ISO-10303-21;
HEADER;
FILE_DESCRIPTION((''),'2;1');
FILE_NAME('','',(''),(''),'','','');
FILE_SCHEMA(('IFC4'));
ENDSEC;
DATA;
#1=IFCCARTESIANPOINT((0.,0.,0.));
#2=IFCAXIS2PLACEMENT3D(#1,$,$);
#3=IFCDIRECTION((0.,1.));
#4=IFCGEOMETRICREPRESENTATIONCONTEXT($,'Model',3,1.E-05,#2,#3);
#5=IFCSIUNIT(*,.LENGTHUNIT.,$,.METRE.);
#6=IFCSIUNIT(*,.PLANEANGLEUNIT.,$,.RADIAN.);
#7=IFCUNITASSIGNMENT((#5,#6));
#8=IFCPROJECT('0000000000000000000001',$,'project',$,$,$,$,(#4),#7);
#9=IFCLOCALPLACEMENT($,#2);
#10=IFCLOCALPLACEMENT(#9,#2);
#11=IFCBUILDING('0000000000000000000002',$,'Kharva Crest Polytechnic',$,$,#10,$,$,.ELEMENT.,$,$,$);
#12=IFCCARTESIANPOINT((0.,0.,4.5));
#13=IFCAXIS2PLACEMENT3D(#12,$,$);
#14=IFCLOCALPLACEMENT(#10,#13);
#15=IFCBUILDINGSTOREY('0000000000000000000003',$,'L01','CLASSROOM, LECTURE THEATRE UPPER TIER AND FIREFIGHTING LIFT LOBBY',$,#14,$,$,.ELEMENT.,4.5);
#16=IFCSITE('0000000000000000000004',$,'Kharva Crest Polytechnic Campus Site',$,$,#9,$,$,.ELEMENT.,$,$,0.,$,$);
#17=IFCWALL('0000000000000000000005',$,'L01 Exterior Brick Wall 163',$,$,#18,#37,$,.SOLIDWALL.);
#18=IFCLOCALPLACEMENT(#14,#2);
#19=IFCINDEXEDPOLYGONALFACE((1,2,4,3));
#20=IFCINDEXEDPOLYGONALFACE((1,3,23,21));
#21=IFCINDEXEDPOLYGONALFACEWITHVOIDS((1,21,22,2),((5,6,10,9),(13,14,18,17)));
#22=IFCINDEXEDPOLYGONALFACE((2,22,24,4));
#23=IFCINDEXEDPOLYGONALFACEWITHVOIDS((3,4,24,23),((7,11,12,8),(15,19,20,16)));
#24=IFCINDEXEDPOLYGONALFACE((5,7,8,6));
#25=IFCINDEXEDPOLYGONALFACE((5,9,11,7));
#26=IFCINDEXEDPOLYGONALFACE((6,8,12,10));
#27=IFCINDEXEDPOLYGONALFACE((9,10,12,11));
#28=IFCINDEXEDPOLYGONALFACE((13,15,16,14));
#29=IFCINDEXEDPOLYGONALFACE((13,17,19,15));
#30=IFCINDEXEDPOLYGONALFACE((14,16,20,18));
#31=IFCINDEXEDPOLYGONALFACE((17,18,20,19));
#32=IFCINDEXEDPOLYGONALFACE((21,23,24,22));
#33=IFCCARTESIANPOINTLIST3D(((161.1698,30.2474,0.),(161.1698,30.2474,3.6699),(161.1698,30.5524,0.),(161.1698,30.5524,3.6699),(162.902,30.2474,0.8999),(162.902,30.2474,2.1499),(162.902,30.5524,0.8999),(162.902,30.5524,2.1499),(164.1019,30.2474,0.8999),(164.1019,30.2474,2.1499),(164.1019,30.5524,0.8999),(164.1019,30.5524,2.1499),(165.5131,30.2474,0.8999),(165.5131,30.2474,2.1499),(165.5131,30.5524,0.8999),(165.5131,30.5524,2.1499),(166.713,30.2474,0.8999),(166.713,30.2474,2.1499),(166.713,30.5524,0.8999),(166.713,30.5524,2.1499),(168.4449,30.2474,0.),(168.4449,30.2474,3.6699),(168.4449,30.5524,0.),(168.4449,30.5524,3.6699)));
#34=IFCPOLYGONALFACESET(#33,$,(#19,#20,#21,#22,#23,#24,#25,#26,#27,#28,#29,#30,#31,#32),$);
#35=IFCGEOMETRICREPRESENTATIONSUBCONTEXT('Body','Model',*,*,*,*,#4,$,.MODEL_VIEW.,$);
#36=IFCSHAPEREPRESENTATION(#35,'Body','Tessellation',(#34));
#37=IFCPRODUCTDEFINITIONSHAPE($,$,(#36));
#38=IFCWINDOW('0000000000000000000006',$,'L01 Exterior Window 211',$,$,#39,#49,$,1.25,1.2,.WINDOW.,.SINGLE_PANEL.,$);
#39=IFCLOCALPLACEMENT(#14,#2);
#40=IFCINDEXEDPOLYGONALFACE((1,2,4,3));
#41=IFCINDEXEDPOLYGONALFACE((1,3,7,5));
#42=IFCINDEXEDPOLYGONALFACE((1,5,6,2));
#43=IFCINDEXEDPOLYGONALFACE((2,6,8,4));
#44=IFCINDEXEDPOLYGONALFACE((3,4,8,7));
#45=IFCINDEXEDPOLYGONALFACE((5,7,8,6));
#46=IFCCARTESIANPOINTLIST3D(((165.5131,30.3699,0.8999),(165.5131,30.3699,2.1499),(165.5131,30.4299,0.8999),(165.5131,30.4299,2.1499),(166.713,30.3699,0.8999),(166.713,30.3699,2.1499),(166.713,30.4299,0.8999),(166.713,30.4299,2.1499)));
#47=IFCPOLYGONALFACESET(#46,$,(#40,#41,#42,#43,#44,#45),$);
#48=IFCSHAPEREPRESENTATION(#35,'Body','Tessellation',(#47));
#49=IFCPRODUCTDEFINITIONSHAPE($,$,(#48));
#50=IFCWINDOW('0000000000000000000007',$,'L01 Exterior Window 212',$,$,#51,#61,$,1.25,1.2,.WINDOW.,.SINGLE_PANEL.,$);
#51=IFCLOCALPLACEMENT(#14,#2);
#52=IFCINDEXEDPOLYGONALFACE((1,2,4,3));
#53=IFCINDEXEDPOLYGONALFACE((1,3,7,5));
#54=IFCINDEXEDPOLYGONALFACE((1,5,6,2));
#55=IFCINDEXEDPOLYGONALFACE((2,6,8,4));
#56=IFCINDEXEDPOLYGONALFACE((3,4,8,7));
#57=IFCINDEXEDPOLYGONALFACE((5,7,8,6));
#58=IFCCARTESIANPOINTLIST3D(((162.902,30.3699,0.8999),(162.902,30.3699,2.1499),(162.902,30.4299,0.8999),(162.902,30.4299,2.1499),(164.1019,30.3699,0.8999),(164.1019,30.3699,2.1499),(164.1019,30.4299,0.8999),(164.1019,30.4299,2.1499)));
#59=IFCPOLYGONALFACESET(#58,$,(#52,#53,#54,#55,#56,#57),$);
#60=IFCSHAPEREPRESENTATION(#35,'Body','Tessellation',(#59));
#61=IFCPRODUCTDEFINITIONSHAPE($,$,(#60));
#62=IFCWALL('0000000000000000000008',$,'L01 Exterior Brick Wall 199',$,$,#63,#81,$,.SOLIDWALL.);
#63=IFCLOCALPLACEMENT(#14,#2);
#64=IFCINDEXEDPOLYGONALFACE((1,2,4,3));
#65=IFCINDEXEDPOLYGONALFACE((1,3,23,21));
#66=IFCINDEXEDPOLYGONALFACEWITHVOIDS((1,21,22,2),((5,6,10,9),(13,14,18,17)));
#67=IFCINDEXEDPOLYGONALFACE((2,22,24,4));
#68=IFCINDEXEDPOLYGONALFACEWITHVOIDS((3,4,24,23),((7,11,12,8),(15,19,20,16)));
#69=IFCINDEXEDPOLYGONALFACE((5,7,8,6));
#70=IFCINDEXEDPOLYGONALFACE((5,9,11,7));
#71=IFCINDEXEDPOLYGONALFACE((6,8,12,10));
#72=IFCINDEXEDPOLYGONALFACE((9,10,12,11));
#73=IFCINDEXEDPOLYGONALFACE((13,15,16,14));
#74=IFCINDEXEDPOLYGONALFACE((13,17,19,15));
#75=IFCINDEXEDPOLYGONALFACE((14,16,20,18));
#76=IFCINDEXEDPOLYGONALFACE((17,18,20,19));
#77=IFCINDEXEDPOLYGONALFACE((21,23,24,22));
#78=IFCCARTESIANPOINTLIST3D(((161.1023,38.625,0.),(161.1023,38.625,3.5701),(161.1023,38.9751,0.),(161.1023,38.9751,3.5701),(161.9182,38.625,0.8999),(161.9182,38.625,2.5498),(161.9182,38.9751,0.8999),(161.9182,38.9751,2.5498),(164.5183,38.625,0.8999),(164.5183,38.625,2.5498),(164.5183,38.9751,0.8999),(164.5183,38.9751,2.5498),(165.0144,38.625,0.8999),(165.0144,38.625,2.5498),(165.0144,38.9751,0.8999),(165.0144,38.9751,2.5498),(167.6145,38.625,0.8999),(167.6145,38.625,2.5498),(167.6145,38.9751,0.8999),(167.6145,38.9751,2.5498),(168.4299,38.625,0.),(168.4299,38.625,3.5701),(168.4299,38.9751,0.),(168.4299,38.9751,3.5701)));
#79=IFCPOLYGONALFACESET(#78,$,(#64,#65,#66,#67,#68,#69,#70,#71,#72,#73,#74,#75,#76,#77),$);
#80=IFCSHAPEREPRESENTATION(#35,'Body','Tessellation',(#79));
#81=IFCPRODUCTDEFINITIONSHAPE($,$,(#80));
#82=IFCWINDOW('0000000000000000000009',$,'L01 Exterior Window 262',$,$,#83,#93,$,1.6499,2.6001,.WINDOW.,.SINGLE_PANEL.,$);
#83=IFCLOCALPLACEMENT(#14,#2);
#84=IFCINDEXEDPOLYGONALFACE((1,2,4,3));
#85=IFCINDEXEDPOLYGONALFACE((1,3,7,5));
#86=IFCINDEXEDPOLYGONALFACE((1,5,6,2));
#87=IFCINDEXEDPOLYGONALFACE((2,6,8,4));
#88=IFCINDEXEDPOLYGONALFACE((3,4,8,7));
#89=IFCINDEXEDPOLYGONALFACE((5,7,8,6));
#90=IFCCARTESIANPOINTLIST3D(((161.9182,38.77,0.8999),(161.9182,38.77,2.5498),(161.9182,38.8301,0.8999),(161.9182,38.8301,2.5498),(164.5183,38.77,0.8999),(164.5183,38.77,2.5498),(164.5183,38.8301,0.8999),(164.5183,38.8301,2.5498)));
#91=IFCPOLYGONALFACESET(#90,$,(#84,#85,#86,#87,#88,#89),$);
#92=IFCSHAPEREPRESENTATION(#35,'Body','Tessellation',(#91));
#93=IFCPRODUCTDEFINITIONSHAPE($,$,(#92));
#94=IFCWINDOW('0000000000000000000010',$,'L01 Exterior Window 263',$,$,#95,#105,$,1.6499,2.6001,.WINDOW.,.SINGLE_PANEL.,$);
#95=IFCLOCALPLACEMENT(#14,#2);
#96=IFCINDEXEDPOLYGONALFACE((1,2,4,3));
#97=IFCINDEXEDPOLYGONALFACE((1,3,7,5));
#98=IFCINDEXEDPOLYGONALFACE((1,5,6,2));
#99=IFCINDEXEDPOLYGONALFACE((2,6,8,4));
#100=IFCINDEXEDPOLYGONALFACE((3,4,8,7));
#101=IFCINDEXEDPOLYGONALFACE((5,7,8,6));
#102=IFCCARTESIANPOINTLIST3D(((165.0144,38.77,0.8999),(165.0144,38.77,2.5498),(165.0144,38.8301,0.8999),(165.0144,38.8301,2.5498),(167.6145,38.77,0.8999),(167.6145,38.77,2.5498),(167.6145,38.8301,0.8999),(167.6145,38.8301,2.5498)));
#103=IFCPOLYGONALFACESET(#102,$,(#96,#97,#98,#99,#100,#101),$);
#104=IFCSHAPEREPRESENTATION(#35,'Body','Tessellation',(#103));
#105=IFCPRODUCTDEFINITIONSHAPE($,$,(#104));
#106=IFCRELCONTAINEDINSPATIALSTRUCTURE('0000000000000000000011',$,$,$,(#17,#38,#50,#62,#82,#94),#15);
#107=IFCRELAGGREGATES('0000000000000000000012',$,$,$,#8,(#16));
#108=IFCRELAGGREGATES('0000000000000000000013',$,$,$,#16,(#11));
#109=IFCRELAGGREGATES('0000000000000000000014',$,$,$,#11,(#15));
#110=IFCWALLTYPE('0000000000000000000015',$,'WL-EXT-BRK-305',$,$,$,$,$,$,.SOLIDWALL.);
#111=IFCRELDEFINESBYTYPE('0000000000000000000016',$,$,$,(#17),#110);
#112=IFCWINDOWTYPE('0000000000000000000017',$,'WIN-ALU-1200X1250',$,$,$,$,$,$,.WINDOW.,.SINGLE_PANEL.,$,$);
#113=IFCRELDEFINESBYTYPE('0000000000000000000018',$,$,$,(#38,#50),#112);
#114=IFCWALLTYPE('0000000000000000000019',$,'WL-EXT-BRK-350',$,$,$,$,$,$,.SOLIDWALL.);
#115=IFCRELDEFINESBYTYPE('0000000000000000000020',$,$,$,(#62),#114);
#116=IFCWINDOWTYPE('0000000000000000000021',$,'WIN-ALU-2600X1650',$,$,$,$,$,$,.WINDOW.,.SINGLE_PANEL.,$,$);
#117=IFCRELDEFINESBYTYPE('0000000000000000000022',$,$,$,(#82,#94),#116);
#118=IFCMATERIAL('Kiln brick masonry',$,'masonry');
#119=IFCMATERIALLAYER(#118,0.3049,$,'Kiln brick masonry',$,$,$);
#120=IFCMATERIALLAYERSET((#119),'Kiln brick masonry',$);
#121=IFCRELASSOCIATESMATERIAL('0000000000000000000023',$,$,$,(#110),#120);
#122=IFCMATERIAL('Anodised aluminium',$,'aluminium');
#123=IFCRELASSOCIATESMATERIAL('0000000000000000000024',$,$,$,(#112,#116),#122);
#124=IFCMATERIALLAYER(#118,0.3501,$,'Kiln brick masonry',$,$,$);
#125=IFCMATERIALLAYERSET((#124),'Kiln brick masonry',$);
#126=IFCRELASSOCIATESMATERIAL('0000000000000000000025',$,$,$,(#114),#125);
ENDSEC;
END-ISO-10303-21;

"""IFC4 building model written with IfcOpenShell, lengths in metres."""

from ifc_helpers import new_model, si_unit, direction, frame, frame_2d, origin, place, context, subcontext, project, spatial, rectangle, extrude, material, layer, layer_set, type_object, element, fill, save


model = new_model("IFC4")

# Units and contexts
model_context = context("Model", 3, precision=1e-05, world=origin(), true_north=direction((0.0, 1.0)))
body_context = subcontext(model_context, "Body", "Model", "MODEL_VIEW")
ifc_project = project(units=[si_unit("LENGTHUNIT", "METRE"), si_unit("PLANEANGLEUNIT", "RADIAN")], contexts=[model_context])

# Site, building, storey
site_placement = place(None, origin())
site = spatial("IfcSite", under=ifc_project, at=site_placement, Name="Kharva Crest Polytechnic Campus Site", CompositionType="ELEMENT", RefElevation=0.0)
building_placement = place(site_placement, origin())
building = spatial("IfcBuilding", under=site, at=building_placement, Name="Kharva Crest Polytechnic", CompositionType="ELEMENT")
storey_placement = place(building_placement, frame((0.0, 0.0, 4.5)))
storey = spatial("IfcBuildingStorey", under=building, at=storey_placement, Name="L01", Description="CLASSROOM, LECTURE THEATRE UPPER TIER AND FIREFIGHTING LIFT LOBBY", CompositionType="ELEMENT", Elevation=4.5)

# Walls, openings, windows
ifc_material_1 = material(Name="Kiln brick masonry", Category="masonry")
ifc_layer_1 = layer(ifc_material_1, 0.3049, Name="Kiln brick masonry")
ifc_layer_set_1 = layer_set([ifc_layer_1], Name="Kiln brick masonry")
wall_type_1 = type_object("IfcWallType", Name="WL-EXT-BRK-305", PredefinedType="SOLIDWALL", material=ifc_layer_set_1)
wall_1_placement = place(storey_placement, frame((168.4451, 30.3999, 0.0), z_axis=(0.0, 0.0, 1.0), x_axis=(-1.0, 0.0, 0.0)))
wall_1 = element("IfcWall", 1, at=wall_1_placement, inside=storey, type_object=wall_type_1, Name="L01 Exterior Brick Wall 163", PredefinedType="SOLIDWALL", context=body_context, shape_type="SweptSolid", body=[
    extrude(rectangle(XDim=7.2751, YDim=0.3049, at=frame_2d((3.6377, 0.0))), origin(), (0.0, 0.0, 1.0), 3.6699),
])
opening_1_placement = place(wall_1_placement, frame((1.7319, 0.0, 0.8999)))
opening_1 = element("IfcOpeningElement", 2, at=opening_1_placement, cuts=wall_1, PredefinedType="OPENING", context=body_context, shape_type="SweptSolid", body=[
    extrude(rectangle(XDim=1.2, YDim=1.25, at=frame_2d((0.6001, 0.625))), frame((0.0, 0.1624, 0.0), z_axis=(0.0, -1.0, 0.0), x_axis=(1.0, 0.0, 0.0)), (0.0, 0.0, 1.0), 0.325),
])
opening_2_placement = place(wall_1_placement, frame((4.343, 0.0, 0.8999)))
opening_2 = element("IfcOpeningElement", 3, at=opening_2_placement, cuts=wall_1, PredefinedType="OPENING", context=body_context, shape_type="SweptSolid", body=[
    extrude(rectangle(XDim=1.2, YDim=1.25, at=frame_2d((0.6001, 0.625))), frame((0.0, 0.1624, 0.0), z_axis=(0.0, -1.0, 0.0), x_axis=(1.0, 0.0, 0.0)), (0.0, 0.0, 1.0), 0.325),
])
ifc_material_2 = material(Name="Anodised aluminium", Category="aluminium")
window_type_1 = type_object("IfcWindowType", Name="WIN-ALU-1200X1250", PartitioningType="SINGLE_PANEL", PredefinedType="WINDOW", material=ifc_material_2)
window_1_placement = place(opening_1_placement, origin())
window_1 = element("IfcWindow", 4, at=window_1_placement, inside=storey, type_object=window_type_1, Name="L01 Exterior Window 211", OverallHeight=1.25, OverallWidth=1.2, PartitioningType="SINGLE_PANEL", PredefinedType="WINDOW", context=body_context, shape_type="SweptSolid", body=[
    extrude(rectangle(XDim=1.2, YDim=1.25, at=frame_2d((0.6001, 0.625))), frame((0.0, 0.03, 0.0), z_axis=(0.0, -1.0, 0.0), x_axis=(1.0, 0.0, 0.0)), (0.0, 0.0, 1.0), 0.0601),
])
fill(opening_1, window_1)
window_2_placement = place(opening_2_placement, origin())
window_2 = element("IfcWindow", 5, at=window_2_placement, inside=storey, type_object=window_type_1, Name="L01 Exterior Window 212", OverallHeight=1.25, OverallWidth=1.2, PartitioningType="SINGLE_PANEL", PredefinedType="WINDOW", context=body_context, shape_type="SweptSolid", body=[
    extrude(rectangle(XDim=1.2, YDim=1.25, at=frame_2d((0.6001, 0.625))), frame((0.0, 0.03, 0.0), z_axis=(0.0, -1.0, 0.0), x_axis=(1.0, 0.0, 0.0)), (0.0, 0.0, 1.0), 0.0601),
])
fill(opening_2, window_2)
ifc_layer_2 = layer(ifc_material_1, 0.3501, Name="Kiln brick masonry")
ifc_layer_set_2 = layer_set([ifc_layer_2], Name="Kiln brick masonry")
wall_type_2 = type_object("IfcWallType", Name="WL-EXT-BRK-350", PredefinedType="SOLIDWALL", material=ifc_layer_set_2)
wall_2_placement = place(storey_placement, frame((161.1023, 38.8, 0.0), z_axis=(0.0, 0.0, 1.0), x_axis=(1.0, 0.0, 0.0)))
wall_2 = element("IfcWall", 6, at=wall_2_placement, inside=storey, type_object=wall_type_2, Name="L01 Exterior Brick Wall 199", PredefinedType="SOLIDWALL", context=body_context, shape_type="SweptSolid", body=[
    extrude(rectangle(XDim=7.3276, YDim=0.3501, at=frame_2d((3.6638, 0.0))), origin(), (0.0, 0.0, 1.0), 3.5701),
])
opening_3_placement = place(wall_2_placement, frame((0.8159, 0.0, 0.8999)))
opening_3 = element("IfcOpeningElement", 7, at=opening_3_placement, cuts=wall_2, PredefinedType="OPENING", context=body_context, shape_type="SweptSolid", body=[
    extrude(rectangle(XDim=2.6001, YDim=1.6499, at=frame_2d((1.3, 0.825))), frame((0.0, 0.1851, 0.0), z_axis=(0.0, -1.0, 0.0), x_axis=(1.0, 0.0, 0.0)), (0.0, 0.0, 1.0), 0.3701),
])
opening_4_placement = place(wall_2_placement, frame((3.9121, 0.0, 0.8999)))
opening_4 = element("IfcOpeningElement", 8, at=opening_4_placement, cuts=wall_2, PredefinedType="OPENING", context=body_context, shape_type="SweptSolid", body=[
    extrude(rectangle(XDim=2.6001, YDim=1.6499, at=frame_2d((1.3, 0.825))), frame((0.0, 0.1851, 0.0), z_axis=(0.0, -1.0, 0.0), x_axis=(1.0, 0.0, 0.0)), (0.0, 0.0, 1.0), 0.3701),
])
window_type_2 = type_object("IfcWindowType", Name="WIN-ALU-2600X1650", PartitioningType="SINGLE_PANEL", PredefinedType="WINDOW", material=ifc_material_2)
window_3_placement = place(opening_3_placement, origin())
window_3 = element("IfcWindow", 9, at=window_3_placement, inside=storey, type_object=window_type_2, Name="L01 Exterior Window 262", OverallHeight=1.6499, OverallWidth=2.6001, PartitioningType="SINGLE_PANEL", PredefinedType="WINDOW", context=body_context, shape_type="SweptSolid", body=[
    extrude(rectangle(XDim=2.6001, YDim=1.6499, at=frame_2d((1.3, 0.825))), frame((0.0, 0.03, 0.0), z_axis=(0.0, -1.0, 0.0), x_axis=(1.0, 0.0, 0.0)), (0.0, 0.0, 1.0), 0.0601),
])
fill(opening_3, window_3)
window_4_placement = place(opening_4_placement, origin())
window_4 = element("IfcWindow", 10, at=window_4_placement, inside=storey, type_object=window_type_2, Name="L01 Exterior Window 263", OverallHeight=1.6499, OverallWidth=2.6001, PartitioningType="SINGLE_PANEL", PredefinedType="WINDOW", context=body_context, shape_type="SweptSolid", body=[
    extrude(rectangle(XDim=2.6001, YDim=1.6499, at=frame_2d((1.3, 0.825))), frame((0.0, 0.03, 0.0), z_axis=(0.0, -1.0, 0.0), x_axis=(1.0, 0.0, 0.0)), (0.0, 0.0, 1.0), 0.0601),
])
fill(opening_4, window_4)

save(model, "model.ifc")
